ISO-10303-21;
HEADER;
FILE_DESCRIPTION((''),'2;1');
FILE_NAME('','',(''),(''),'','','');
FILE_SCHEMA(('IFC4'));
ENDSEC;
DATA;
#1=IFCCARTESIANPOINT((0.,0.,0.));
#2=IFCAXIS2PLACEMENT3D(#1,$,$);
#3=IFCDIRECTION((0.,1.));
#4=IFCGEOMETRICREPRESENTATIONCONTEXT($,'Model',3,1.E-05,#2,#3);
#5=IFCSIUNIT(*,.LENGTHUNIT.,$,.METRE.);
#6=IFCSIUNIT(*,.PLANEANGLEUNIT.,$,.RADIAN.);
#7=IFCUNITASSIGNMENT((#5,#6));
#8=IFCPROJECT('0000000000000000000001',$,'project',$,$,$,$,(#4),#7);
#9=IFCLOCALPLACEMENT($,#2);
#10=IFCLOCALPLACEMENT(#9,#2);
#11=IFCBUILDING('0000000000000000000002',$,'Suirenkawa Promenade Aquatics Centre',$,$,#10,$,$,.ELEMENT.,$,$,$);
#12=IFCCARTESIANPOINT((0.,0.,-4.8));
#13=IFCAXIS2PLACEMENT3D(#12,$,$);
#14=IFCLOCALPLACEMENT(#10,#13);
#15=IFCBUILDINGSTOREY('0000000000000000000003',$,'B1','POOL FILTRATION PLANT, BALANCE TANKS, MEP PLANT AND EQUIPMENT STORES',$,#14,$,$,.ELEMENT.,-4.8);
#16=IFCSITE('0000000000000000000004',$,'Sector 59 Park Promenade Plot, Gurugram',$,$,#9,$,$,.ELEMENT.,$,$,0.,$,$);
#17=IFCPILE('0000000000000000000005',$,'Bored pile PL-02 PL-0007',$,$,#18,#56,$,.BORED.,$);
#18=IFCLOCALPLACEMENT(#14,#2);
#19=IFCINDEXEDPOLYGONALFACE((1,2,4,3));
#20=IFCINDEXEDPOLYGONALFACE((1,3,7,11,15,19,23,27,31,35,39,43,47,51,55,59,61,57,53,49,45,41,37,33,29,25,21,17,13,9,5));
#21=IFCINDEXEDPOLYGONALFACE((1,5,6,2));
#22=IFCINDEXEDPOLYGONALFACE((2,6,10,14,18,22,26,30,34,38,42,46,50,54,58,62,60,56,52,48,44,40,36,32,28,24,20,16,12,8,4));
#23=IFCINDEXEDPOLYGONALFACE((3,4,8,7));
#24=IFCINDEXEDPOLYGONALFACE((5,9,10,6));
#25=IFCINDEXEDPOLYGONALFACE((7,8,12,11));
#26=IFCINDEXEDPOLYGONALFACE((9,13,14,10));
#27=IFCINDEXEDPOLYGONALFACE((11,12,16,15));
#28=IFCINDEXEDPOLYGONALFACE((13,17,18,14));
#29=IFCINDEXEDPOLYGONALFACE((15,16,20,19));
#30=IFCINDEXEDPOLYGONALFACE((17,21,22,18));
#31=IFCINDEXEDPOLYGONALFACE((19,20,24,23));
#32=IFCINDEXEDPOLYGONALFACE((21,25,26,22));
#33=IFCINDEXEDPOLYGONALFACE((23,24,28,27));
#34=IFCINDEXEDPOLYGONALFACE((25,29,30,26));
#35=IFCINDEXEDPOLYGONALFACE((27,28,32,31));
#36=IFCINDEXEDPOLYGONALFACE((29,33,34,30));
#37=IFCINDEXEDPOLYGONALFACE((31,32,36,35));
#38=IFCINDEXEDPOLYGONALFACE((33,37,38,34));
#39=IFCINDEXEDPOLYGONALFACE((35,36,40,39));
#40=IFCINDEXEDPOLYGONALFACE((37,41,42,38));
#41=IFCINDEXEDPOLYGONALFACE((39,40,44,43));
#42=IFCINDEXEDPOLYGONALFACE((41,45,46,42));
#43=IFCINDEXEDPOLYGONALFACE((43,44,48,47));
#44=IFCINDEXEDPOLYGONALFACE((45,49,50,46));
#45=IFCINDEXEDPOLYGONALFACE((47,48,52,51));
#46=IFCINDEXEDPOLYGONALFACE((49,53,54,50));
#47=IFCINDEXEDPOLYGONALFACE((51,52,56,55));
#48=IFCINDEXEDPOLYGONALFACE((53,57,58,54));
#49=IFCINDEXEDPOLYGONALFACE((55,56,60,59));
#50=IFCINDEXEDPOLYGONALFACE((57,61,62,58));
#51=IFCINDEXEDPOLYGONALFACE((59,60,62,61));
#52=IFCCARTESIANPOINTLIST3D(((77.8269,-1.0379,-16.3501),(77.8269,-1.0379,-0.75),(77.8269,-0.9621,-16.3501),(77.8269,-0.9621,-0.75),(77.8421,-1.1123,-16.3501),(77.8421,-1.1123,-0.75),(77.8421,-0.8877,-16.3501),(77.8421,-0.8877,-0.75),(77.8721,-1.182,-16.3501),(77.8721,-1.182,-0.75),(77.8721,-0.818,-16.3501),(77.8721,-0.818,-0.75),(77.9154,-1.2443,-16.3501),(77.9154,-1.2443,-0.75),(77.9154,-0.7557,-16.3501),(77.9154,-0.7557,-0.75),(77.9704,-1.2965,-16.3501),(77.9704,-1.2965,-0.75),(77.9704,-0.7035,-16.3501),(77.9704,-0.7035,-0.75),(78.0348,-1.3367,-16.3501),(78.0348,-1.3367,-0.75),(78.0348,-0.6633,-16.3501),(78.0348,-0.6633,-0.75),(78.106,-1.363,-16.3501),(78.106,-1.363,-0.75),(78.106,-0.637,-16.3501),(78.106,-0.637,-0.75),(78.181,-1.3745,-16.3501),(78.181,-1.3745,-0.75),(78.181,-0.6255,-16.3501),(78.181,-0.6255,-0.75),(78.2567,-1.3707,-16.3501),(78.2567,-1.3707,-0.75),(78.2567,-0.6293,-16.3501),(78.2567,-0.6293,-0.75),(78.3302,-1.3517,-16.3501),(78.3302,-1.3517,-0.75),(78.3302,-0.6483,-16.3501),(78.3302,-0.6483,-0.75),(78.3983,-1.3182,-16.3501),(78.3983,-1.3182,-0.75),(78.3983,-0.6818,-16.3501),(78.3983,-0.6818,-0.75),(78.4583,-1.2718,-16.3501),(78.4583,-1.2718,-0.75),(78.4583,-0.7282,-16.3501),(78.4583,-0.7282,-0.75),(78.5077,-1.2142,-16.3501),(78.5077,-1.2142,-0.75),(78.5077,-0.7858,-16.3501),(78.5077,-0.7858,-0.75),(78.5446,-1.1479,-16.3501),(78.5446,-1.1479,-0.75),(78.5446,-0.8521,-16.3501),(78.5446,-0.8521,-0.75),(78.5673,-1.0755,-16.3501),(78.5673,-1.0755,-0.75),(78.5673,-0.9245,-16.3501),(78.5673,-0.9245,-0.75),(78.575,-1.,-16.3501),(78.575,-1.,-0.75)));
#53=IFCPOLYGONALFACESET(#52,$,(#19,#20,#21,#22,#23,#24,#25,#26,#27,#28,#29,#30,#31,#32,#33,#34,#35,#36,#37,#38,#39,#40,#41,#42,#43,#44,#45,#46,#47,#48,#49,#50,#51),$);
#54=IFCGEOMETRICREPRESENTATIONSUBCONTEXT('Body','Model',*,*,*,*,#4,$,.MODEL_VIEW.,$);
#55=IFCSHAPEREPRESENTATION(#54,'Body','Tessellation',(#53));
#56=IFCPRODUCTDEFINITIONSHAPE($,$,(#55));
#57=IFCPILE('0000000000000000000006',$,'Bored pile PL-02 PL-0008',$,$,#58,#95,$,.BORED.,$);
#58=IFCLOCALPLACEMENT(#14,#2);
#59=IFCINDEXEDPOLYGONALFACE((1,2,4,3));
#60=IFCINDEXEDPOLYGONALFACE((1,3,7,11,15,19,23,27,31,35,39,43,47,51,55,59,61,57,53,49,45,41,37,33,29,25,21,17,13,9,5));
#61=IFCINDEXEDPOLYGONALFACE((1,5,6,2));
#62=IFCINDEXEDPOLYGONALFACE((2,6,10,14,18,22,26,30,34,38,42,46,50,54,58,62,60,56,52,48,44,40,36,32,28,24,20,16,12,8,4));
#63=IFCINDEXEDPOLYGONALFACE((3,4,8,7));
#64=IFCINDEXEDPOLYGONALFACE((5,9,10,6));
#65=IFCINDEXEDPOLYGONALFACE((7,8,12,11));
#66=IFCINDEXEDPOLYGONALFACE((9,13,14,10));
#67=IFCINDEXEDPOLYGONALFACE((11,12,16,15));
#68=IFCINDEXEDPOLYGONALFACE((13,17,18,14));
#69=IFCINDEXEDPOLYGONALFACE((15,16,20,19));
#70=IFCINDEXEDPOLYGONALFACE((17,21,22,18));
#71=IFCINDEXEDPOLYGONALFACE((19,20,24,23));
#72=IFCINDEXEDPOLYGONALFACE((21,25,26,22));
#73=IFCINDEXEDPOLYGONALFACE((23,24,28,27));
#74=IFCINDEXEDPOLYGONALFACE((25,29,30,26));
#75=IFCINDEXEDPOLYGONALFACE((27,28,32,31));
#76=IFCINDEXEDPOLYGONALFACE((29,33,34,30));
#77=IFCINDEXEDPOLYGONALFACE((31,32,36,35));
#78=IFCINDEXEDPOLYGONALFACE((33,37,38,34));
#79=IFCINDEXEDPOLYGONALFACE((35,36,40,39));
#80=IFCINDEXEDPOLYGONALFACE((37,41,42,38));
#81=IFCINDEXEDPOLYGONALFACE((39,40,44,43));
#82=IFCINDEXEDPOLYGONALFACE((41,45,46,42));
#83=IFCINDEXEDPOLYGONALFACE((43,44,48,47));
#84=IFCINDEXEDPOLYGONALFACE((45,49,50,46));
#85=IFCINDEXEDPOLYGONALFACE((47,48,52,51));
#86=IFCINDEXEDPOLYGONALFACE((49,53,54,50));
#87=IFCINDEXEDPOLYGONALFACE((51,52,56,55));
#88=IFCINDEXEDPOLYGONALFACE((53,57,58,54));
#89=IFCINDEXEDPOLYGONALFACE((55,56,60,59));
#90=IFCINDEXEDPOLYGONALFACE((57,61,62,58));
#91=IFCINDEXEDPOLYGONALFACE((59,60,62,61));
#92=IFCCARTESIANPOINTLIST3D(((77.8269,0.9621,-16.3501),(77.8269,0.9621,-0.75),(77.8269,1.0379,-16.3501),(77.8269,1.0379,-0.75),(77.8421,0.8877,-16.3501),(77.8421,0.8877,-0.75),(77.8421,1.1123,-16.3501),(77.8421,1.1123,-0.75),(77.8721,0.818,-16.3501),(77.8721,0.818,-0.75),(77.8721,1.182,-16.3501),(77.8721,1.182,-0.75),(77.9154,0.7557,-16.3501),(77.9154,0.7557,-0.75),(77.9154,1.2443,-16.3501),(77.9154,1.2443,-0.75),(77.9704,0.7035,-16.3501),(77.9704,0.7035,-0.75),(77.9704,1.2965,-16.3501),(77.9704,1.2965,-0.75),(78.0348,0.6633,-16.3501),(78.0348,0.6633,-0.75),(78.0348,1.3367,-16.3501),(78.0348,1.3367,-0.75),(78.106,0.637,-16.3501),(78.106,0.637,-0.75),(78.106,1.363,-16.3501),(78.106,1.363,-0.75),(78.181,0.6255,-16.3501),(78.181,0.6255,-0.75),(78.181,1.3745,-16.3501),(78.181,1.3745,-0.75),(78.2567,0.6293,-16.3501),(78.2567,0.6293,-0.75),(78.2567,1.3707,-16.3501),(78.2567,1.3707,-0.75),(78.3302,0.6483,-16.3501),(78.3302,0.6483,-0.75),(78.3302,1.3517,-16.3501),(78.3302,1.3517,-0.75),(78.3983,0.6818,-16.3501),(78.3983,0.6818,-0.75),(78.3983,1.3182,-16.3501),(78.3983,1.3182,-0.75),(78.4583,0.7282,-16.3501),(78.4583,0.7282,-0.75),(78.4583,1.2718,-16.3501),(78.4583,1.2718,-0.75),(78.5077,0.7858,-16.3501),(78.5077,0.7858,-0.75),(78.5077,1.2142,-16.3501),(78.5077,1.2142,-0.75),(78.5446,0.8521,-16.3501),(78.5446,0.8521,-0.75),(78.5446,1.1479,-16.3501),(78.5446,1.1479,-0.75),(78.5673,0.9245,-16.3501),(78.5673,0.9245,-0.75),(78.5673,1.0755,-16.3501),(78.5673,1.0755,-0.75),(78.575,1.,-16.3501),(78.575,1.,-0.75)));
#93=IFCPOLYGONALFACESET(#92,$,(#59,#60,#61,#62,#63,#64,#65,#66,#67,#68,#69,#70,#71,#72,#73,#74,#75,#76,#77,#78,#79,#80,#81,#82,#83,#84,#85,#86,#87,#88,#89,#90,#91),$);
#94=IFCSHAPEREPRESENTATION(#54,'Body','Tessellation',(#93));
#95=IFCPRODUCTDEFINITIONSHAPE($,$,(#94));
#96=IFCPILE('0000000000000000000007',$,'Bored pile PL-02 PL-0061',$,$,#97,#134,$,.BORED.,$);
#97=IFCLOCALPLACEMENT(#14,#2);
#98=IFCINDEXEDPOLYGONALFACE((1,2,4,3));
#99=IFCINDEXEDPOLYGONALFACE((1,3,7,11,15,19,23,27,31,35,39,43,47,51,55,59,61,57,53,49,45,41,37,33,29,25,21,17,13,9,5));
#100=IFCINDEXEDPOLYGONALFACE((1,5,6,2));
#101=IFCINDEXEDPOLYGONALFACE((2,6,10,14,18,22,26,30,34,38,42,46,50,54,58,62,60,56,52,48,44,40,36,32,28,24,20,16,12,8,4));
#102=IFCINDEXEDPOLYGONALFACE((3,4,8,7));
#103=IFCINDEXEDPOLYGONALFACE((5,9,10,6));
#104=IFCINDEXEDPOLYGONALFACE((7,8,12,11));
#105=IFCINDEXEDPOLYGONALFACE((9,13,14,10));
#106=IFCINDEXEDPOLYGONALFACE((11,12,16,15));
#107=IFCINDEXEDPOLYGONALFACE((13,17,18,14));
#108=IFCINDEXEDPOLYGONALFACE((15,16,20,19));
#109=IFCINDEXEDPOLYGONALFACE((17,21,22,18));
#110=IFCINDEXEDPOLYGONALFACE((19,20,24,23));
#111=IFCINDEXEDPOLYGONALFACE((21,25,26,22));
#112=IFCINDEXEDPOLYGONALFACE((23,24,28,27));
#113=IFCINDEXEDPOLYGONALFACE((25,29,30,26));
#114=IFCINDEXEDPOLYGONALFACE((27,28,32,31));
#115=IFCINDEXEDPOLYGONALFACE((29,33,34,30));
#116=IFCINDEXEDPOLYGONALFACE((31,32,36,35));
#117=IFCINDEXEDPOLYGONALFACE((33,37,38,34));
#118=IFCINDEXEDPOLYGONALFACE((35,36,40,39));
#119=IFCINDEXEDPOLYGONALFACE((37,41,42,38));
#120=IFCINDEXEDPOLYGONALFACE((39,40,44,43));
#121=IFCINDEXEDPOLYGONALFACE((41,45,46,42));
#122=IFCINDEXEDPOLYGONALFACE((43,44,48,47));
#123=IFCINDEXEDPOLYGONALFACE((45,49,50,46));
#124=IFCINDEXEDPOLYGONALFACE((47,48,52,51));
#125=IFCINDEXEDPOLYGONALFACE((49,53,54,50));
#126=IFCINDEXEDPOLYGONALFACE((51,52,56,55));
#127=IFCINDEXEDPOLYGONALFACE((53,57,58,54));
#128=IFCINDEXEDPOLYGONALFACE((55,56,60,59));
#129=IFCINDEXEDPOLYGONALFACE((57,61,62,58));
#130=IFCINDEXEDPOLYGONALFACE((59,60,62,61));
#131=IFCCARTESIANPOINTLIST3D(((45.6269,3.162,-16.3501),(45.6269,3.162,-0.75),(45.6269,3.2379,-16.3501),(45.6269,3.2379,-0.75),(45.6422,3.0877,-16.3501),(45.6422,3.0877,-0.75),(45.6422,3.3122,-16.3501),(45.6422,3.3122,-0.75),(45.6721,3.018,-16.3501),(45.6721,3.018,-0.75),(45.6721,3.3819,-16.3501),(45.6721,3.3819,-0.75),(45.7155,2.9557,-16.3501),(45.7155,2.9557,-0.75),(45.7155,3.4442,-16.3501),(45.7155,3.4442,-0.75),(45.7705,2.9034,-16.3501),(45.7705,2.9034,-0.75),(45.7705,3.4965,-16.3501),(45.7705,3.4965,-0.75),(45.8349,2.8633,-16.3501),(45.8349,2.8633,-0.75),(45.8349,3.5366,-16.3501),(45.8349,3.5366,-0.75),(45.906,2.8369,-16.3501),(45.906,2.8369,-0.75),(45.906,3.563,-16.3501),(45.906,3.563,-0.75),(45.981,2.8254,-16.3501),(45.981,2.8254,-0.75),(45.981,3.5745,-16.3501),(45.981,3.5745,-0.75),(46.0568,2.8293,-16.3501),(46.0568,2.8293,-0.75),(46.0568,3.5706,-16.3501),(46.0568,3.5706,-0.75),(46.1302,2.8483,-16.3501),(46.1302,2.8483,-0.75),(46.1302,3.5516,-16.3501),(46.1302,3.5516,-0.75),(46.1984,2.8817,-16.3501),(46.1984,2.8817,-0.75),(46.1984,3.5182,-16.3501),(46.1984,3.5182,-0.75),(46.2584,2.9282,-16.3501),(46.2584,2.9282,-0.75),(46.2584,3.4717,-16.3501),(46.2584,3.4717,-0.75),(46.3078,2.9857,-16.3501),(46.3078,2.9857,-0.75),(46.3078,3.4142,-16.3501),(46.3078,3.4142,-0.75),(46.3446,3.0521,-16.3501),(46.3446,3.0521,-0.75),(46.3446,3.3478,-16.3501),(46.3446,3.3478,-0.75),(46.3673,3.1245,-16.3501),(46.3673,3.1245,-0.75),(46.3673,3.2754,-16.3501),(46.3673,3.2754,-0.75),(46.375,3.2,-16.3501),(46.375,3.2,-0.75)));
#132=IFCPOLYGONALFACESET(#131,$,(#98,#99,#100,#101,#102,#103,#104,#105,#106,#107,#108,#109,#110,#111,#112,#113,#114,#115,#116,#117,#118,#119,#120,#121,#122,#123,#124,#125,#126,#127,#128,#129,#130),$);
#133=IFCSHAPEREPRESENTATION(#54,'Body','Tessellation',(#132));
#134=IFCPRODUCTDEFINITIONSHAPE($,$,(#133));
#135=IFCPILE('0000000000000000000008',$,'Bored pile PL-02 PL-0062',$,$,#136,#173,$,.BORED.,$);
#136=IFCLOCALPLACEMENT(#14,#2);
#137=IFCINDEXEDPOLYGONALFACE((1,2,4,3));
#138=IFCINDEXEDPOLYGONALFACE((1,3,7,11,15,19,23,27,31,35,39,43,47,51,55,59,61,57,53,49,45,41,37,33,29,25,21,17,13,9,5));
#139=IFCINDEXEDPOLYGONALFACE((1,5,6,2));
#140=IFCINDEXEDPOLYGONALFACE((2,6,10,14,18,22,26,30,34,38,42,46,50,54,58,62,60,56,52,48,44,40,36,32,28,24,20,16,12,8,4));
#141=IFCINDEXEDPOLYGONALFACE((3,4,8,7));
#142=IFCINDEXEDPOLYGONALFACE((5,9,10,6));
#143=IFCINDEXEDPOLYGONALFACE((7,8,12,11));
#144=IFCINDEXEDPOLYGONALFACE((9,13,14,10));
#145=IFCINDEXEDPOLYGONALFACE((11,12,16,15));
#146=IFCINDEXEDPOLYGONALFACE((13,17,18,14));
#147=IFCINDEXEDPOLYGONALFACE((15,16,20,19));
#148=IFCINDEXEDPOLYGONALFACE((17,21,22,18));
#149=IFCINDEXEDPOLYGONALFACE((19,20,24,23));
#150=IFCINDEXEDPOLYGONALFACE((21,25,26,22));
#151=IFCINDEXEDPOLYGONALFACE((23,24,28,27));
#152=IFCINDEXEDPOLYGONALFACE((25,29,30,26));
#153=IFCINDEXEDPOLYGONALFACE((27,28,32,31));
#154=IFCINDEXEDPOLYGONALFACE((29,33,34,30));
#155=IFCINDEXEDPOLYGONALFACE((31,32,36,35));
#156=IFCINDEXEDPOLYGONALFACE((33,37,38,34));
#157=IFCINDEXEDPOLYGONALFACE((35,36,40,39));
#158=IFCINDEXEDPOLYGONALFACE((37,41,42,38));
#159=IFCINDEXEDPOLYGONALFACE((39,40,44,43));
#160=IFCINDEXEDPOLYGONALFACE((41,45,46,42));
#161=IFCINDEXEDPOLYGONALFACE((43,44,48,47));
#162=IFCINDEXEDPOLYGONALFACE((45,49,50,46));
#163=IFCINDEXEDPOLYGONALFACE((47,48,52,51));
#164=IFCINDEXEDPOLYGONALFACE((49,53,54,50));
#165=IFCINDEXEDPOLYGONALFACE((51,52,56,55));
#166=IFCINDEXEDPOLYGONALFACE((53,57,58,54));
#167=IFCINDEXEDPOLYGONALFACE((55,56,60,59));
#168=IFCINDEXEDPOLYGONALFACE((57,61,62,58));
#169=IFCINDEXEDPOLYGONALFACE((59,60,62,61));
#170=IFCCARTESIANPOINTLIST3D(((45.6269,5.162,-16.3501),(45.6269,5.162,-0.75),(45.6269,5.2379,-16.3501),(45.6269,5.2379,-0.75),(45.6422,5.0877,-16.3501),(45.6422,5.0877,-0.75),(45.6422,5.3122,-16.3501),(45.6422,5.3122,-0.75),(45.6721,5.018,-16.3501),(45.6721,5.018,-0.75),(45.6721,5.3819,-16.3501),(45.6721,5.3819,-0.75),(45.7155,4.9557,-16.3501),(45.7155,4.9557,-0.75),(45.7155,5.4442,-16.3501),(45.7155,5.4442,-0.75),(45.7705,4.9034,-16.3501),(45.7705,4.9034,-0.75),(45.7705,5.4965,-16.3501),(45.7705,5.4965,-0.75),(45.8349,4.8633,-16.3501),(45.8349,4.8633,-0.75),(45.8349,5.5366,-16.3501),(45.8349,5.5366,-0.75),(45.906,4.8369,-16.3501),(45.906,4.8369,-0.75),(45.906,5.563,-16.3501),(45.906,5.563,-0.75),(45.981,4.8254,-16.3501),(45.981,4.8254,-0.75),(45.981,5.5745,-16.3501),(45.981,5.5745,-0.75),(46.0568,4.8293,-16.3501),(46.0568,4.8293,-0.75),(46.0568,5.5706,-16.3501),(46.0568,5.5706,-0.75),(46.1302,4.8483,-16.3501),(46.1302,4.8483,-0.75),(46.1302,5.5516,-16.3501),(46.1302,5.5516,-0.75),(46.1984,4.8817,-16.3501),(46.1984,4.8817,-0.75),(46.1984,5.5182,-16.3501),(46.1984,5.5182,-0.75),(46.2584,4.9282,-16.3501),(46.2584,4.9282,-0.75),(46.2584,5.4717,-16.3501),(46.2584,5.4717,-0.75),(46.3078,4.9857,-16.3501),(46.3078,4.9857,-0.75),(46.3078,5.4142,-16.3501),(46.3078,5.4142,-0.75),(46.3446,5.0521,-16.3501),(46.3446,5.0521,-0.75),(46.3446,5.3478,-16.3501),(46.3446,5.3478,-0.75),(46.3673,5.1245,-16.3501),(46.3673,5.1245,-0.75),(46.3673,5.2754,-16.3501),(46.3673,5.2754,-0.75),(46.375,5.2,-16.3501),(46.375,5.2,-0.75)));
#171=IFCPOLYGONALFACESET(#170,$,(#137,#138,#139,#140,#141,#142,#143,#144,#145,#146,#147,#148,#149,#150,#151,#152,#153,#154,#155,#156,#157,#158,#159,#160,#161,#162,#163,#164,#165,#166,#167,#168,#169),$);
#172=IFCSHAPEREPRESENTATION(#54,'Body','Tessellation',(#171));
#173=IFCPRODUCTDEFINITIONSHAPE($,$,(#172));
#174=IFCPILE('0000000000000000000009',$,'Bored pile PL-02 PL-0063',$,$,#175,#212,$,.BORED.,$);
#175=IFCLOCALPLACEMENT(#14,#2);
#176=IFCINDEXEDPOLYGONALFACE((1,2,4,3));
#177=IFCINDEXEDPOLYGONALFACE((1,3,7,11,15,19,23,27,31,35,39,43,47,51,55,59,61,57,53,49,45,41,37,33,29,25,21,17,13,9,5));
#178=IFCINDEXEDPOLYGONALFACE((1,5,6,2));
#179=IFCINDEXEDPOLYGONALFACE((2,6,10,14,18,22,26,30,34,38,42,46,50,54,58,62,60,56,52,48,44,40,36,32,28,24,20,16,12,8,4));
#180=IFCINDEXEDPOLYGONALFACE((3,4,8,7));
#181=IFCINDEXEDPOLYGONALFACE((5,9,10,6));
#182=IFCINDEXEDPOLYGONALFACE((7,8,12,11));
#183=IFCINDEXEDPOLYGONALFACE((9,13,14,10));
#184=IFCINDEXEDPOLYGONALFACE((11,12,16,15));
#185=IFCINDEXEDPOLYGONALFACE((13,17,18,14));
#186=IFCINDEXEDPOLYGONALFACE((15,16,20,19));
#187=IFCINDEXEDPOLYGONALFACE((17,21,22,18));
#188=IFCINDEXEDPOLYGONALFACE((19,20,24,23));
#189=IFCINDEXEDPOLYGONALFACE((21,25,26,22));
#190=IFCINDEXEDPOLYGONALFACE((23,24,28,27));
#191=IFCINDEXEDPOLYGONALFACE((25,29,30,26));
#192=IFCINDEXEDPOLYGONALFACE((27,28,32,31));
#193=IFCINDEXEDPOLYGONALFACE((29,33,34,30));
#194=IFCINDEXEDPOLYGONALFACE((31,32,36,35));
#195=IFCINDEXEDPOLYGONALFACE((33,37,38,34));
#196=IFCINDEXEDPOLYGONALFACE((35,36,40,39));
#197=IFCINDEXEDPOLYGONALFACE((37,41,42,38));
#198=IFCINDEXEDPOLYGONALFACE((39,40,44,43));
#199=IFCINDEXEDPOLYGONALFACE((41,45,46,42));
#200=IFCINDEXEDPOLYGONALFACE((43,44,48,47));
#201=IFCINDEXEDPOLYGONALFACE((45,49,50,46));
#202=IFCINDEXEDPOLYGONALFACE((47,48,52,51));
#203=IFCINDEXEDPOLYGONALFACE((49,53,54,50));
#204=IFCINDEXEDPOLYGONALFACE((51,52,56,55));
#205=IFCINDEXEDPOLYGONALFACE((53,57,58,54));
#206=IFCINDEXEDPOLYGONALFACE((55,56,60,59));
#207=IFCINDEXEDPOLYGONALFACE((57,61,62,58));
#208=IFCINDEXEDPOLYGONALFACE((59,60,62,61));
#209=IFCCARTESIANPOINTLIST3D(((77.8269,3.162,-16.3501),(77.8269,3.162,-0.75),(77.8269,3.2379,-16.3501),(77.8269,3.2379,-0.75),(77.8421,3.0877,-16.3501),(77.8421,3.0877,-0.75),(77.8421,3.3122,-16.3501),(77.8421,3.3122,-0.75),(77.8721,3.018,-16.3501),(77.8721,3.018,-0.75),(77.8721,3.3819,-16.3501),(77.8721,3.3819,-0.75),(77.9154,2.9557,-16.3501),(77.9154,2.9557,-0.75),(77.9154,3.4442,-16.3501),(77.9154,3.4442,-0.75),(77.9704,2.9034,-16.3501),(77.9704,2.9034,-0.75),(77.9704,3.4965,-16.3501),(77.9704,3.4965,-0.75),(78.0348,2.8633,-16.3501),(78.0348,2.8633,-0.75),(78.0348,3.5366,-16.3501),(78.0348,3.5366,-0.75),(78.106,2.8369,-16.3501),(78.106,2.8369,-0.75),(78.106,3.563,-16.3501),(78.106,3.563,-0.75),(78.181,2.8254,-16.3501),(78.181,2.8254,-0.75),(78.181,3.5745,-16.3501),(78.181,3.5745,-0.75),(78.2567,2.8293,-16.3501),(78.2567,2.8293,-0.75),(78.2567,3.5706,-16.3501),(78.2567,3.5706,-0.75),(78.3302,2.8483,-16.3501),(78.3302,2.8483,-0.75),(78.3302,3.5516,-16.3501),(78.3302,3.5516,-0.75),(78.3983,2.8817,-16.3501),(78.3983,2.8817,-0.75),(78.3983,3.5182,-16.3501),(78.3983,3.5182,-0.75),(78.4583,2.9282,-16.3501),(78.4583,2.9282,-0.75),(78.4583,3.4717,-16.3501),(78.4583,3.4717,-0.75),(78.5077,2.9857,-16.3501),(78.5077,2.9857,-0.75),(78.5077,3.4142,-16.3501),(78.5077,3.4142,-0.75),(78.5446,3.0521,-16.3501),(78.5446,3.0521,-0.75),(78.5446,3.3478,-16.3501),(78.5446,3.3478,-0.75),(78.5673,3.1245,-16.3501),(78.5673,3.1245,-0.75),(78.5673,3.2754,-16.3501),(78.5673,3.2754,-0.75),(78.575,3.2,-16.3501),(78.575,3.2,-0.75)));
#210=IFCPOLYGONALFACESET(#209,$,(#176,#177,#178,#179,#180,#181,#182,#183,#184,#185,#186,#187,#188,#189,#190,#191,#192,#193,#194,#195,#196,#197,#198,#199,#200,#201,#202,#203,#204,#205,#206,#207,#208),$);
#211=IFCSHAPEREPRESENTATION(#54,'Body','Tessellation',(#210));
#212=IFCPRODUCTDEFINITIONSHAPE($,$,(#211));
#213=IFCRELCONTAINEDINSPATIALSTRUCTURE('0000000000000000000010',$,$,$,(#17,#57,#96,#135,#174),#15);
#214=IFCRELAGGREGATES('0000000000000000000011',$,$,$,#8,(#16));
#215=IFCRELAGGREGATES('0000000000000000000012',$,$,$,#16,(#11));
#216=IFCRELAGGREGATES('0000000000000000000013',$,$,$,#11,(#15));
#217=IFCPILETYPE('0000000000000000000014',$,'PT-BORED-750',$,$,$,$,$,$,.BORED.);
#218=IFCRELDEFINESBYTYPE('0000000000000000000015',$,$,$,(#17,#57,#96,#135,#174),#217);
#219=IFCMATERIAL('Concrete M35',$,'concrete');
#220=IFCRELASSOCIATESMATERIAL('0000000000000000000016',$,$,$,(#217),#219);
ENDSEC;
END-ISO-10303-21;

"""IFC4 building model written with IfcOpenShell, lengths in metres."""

from ifc_helpers import new_model, si_unit, direction, frame, origin, origin_2d, place, context, subcontext, project, spatial, circle, extrude, material, material_profile, profile_set, type_object, element, save


model = new_model("IFC4")

# Units and contexts
model_context = context("Model", 3, precision=1e-05, world=origin(), true_north=direction((0.0, 1.0)))
body_context = subcontext(model_context, "Body", "Model", "MODEL_VIEW")
ifc_project = project(units=[si_unit("LENGTHUNIT", "METRE"), si_unit("PLANEANGLEUNIT", "RADIAN")], contexts=[model_context])

# Site, building, storey
site_placement = place(None, origin())
site = spatial("IfcSite", under=ifc_project, at=site_placement, Name="Sector 59 Park Promenade Plot, Gurugram", CompositionType="ELEMENT", RefElevation=0.0)
building_placement = place(site_placement, origin())
building = spatial("IfcBuilding", under=site, at=building_placement, Name="Suirenkawa Promenade Aquatics Centre", CompositionType="ELEMENT")
storey_placement = place(building_placement, frame((0.0, 0.0, -4.8)))
storey = spatial("IfcBuildingStorey", under=building, at=storey_placement, Name="B1", Description="POOL FILTRATION PLANT, BALANCE TANKS, MEP PLANT AND EQUIPMENT STORES", CompositionType="ELEMENT", Elevation=-4.8)

# Shared definitions
ifc_material_1 = material(Name="Concrete M35", Category="concrete")

# Piles
ifc_material_profile_1 = material_profile(ifc_material_1, circle(Radius=0.375, at=origin_2d()), Name="PILE D750", Category="concrete")
ifc_profile_set_1 = profile_set([ifc_material_profile_1], Name="Concrete M35")
pile_type_1 = type_object("IfcPileType", Name="PT-BORED-750", PredefinedType="BORED", material=ifc_profile_set_1)
for number, where, z_axis, x_axis, name in (
    (1, (78.2, -1.0, -0.75), (0.0, 0.0, -1.0), (1.0, 0.0, 0.0), "Bored pile PL-02 PL-0007"),
    (2, (78.2, 1.0, -0.75), (0.0, 0.0, -1.0), (1.0, 0.0, 0.0), "Bored pile PL-02 PL-0008"),
    (3, (46.0, 3.2, -0.75), (0.0, 0.0, -1.0), (1.0, 0.0, 0.0), "Bored pile PL-02 PL-0061"),
    (4, (46.0, 5.2, -0.75), (0.0, 0.0, -1.0), (1.0, 0.0, 0.0), "Bored pile PL-02 PL-0062"),
    (5, (78.2, 3.2, -0.75), (0.0, 0.0, -1.0), (1.0, 0.0, 0.0), "Bored pile PL-02 PL-0063"),
):
    element("IfcPile", number, at=place(storey_placement, frame(where, z_axis=z_axis, x_axis=x_axis)), inside=storey, type_object=pile_type_1, Name=name, PredefinedType="BORED", context=body_context, shape_type="SweptSolid", body=[
        extrude(circle(Radius=0.375, at=origin_2d()), origin(), (0.0, 0.0, 1.0), 15.6001),
    ])

save(model, "model.ifc")
